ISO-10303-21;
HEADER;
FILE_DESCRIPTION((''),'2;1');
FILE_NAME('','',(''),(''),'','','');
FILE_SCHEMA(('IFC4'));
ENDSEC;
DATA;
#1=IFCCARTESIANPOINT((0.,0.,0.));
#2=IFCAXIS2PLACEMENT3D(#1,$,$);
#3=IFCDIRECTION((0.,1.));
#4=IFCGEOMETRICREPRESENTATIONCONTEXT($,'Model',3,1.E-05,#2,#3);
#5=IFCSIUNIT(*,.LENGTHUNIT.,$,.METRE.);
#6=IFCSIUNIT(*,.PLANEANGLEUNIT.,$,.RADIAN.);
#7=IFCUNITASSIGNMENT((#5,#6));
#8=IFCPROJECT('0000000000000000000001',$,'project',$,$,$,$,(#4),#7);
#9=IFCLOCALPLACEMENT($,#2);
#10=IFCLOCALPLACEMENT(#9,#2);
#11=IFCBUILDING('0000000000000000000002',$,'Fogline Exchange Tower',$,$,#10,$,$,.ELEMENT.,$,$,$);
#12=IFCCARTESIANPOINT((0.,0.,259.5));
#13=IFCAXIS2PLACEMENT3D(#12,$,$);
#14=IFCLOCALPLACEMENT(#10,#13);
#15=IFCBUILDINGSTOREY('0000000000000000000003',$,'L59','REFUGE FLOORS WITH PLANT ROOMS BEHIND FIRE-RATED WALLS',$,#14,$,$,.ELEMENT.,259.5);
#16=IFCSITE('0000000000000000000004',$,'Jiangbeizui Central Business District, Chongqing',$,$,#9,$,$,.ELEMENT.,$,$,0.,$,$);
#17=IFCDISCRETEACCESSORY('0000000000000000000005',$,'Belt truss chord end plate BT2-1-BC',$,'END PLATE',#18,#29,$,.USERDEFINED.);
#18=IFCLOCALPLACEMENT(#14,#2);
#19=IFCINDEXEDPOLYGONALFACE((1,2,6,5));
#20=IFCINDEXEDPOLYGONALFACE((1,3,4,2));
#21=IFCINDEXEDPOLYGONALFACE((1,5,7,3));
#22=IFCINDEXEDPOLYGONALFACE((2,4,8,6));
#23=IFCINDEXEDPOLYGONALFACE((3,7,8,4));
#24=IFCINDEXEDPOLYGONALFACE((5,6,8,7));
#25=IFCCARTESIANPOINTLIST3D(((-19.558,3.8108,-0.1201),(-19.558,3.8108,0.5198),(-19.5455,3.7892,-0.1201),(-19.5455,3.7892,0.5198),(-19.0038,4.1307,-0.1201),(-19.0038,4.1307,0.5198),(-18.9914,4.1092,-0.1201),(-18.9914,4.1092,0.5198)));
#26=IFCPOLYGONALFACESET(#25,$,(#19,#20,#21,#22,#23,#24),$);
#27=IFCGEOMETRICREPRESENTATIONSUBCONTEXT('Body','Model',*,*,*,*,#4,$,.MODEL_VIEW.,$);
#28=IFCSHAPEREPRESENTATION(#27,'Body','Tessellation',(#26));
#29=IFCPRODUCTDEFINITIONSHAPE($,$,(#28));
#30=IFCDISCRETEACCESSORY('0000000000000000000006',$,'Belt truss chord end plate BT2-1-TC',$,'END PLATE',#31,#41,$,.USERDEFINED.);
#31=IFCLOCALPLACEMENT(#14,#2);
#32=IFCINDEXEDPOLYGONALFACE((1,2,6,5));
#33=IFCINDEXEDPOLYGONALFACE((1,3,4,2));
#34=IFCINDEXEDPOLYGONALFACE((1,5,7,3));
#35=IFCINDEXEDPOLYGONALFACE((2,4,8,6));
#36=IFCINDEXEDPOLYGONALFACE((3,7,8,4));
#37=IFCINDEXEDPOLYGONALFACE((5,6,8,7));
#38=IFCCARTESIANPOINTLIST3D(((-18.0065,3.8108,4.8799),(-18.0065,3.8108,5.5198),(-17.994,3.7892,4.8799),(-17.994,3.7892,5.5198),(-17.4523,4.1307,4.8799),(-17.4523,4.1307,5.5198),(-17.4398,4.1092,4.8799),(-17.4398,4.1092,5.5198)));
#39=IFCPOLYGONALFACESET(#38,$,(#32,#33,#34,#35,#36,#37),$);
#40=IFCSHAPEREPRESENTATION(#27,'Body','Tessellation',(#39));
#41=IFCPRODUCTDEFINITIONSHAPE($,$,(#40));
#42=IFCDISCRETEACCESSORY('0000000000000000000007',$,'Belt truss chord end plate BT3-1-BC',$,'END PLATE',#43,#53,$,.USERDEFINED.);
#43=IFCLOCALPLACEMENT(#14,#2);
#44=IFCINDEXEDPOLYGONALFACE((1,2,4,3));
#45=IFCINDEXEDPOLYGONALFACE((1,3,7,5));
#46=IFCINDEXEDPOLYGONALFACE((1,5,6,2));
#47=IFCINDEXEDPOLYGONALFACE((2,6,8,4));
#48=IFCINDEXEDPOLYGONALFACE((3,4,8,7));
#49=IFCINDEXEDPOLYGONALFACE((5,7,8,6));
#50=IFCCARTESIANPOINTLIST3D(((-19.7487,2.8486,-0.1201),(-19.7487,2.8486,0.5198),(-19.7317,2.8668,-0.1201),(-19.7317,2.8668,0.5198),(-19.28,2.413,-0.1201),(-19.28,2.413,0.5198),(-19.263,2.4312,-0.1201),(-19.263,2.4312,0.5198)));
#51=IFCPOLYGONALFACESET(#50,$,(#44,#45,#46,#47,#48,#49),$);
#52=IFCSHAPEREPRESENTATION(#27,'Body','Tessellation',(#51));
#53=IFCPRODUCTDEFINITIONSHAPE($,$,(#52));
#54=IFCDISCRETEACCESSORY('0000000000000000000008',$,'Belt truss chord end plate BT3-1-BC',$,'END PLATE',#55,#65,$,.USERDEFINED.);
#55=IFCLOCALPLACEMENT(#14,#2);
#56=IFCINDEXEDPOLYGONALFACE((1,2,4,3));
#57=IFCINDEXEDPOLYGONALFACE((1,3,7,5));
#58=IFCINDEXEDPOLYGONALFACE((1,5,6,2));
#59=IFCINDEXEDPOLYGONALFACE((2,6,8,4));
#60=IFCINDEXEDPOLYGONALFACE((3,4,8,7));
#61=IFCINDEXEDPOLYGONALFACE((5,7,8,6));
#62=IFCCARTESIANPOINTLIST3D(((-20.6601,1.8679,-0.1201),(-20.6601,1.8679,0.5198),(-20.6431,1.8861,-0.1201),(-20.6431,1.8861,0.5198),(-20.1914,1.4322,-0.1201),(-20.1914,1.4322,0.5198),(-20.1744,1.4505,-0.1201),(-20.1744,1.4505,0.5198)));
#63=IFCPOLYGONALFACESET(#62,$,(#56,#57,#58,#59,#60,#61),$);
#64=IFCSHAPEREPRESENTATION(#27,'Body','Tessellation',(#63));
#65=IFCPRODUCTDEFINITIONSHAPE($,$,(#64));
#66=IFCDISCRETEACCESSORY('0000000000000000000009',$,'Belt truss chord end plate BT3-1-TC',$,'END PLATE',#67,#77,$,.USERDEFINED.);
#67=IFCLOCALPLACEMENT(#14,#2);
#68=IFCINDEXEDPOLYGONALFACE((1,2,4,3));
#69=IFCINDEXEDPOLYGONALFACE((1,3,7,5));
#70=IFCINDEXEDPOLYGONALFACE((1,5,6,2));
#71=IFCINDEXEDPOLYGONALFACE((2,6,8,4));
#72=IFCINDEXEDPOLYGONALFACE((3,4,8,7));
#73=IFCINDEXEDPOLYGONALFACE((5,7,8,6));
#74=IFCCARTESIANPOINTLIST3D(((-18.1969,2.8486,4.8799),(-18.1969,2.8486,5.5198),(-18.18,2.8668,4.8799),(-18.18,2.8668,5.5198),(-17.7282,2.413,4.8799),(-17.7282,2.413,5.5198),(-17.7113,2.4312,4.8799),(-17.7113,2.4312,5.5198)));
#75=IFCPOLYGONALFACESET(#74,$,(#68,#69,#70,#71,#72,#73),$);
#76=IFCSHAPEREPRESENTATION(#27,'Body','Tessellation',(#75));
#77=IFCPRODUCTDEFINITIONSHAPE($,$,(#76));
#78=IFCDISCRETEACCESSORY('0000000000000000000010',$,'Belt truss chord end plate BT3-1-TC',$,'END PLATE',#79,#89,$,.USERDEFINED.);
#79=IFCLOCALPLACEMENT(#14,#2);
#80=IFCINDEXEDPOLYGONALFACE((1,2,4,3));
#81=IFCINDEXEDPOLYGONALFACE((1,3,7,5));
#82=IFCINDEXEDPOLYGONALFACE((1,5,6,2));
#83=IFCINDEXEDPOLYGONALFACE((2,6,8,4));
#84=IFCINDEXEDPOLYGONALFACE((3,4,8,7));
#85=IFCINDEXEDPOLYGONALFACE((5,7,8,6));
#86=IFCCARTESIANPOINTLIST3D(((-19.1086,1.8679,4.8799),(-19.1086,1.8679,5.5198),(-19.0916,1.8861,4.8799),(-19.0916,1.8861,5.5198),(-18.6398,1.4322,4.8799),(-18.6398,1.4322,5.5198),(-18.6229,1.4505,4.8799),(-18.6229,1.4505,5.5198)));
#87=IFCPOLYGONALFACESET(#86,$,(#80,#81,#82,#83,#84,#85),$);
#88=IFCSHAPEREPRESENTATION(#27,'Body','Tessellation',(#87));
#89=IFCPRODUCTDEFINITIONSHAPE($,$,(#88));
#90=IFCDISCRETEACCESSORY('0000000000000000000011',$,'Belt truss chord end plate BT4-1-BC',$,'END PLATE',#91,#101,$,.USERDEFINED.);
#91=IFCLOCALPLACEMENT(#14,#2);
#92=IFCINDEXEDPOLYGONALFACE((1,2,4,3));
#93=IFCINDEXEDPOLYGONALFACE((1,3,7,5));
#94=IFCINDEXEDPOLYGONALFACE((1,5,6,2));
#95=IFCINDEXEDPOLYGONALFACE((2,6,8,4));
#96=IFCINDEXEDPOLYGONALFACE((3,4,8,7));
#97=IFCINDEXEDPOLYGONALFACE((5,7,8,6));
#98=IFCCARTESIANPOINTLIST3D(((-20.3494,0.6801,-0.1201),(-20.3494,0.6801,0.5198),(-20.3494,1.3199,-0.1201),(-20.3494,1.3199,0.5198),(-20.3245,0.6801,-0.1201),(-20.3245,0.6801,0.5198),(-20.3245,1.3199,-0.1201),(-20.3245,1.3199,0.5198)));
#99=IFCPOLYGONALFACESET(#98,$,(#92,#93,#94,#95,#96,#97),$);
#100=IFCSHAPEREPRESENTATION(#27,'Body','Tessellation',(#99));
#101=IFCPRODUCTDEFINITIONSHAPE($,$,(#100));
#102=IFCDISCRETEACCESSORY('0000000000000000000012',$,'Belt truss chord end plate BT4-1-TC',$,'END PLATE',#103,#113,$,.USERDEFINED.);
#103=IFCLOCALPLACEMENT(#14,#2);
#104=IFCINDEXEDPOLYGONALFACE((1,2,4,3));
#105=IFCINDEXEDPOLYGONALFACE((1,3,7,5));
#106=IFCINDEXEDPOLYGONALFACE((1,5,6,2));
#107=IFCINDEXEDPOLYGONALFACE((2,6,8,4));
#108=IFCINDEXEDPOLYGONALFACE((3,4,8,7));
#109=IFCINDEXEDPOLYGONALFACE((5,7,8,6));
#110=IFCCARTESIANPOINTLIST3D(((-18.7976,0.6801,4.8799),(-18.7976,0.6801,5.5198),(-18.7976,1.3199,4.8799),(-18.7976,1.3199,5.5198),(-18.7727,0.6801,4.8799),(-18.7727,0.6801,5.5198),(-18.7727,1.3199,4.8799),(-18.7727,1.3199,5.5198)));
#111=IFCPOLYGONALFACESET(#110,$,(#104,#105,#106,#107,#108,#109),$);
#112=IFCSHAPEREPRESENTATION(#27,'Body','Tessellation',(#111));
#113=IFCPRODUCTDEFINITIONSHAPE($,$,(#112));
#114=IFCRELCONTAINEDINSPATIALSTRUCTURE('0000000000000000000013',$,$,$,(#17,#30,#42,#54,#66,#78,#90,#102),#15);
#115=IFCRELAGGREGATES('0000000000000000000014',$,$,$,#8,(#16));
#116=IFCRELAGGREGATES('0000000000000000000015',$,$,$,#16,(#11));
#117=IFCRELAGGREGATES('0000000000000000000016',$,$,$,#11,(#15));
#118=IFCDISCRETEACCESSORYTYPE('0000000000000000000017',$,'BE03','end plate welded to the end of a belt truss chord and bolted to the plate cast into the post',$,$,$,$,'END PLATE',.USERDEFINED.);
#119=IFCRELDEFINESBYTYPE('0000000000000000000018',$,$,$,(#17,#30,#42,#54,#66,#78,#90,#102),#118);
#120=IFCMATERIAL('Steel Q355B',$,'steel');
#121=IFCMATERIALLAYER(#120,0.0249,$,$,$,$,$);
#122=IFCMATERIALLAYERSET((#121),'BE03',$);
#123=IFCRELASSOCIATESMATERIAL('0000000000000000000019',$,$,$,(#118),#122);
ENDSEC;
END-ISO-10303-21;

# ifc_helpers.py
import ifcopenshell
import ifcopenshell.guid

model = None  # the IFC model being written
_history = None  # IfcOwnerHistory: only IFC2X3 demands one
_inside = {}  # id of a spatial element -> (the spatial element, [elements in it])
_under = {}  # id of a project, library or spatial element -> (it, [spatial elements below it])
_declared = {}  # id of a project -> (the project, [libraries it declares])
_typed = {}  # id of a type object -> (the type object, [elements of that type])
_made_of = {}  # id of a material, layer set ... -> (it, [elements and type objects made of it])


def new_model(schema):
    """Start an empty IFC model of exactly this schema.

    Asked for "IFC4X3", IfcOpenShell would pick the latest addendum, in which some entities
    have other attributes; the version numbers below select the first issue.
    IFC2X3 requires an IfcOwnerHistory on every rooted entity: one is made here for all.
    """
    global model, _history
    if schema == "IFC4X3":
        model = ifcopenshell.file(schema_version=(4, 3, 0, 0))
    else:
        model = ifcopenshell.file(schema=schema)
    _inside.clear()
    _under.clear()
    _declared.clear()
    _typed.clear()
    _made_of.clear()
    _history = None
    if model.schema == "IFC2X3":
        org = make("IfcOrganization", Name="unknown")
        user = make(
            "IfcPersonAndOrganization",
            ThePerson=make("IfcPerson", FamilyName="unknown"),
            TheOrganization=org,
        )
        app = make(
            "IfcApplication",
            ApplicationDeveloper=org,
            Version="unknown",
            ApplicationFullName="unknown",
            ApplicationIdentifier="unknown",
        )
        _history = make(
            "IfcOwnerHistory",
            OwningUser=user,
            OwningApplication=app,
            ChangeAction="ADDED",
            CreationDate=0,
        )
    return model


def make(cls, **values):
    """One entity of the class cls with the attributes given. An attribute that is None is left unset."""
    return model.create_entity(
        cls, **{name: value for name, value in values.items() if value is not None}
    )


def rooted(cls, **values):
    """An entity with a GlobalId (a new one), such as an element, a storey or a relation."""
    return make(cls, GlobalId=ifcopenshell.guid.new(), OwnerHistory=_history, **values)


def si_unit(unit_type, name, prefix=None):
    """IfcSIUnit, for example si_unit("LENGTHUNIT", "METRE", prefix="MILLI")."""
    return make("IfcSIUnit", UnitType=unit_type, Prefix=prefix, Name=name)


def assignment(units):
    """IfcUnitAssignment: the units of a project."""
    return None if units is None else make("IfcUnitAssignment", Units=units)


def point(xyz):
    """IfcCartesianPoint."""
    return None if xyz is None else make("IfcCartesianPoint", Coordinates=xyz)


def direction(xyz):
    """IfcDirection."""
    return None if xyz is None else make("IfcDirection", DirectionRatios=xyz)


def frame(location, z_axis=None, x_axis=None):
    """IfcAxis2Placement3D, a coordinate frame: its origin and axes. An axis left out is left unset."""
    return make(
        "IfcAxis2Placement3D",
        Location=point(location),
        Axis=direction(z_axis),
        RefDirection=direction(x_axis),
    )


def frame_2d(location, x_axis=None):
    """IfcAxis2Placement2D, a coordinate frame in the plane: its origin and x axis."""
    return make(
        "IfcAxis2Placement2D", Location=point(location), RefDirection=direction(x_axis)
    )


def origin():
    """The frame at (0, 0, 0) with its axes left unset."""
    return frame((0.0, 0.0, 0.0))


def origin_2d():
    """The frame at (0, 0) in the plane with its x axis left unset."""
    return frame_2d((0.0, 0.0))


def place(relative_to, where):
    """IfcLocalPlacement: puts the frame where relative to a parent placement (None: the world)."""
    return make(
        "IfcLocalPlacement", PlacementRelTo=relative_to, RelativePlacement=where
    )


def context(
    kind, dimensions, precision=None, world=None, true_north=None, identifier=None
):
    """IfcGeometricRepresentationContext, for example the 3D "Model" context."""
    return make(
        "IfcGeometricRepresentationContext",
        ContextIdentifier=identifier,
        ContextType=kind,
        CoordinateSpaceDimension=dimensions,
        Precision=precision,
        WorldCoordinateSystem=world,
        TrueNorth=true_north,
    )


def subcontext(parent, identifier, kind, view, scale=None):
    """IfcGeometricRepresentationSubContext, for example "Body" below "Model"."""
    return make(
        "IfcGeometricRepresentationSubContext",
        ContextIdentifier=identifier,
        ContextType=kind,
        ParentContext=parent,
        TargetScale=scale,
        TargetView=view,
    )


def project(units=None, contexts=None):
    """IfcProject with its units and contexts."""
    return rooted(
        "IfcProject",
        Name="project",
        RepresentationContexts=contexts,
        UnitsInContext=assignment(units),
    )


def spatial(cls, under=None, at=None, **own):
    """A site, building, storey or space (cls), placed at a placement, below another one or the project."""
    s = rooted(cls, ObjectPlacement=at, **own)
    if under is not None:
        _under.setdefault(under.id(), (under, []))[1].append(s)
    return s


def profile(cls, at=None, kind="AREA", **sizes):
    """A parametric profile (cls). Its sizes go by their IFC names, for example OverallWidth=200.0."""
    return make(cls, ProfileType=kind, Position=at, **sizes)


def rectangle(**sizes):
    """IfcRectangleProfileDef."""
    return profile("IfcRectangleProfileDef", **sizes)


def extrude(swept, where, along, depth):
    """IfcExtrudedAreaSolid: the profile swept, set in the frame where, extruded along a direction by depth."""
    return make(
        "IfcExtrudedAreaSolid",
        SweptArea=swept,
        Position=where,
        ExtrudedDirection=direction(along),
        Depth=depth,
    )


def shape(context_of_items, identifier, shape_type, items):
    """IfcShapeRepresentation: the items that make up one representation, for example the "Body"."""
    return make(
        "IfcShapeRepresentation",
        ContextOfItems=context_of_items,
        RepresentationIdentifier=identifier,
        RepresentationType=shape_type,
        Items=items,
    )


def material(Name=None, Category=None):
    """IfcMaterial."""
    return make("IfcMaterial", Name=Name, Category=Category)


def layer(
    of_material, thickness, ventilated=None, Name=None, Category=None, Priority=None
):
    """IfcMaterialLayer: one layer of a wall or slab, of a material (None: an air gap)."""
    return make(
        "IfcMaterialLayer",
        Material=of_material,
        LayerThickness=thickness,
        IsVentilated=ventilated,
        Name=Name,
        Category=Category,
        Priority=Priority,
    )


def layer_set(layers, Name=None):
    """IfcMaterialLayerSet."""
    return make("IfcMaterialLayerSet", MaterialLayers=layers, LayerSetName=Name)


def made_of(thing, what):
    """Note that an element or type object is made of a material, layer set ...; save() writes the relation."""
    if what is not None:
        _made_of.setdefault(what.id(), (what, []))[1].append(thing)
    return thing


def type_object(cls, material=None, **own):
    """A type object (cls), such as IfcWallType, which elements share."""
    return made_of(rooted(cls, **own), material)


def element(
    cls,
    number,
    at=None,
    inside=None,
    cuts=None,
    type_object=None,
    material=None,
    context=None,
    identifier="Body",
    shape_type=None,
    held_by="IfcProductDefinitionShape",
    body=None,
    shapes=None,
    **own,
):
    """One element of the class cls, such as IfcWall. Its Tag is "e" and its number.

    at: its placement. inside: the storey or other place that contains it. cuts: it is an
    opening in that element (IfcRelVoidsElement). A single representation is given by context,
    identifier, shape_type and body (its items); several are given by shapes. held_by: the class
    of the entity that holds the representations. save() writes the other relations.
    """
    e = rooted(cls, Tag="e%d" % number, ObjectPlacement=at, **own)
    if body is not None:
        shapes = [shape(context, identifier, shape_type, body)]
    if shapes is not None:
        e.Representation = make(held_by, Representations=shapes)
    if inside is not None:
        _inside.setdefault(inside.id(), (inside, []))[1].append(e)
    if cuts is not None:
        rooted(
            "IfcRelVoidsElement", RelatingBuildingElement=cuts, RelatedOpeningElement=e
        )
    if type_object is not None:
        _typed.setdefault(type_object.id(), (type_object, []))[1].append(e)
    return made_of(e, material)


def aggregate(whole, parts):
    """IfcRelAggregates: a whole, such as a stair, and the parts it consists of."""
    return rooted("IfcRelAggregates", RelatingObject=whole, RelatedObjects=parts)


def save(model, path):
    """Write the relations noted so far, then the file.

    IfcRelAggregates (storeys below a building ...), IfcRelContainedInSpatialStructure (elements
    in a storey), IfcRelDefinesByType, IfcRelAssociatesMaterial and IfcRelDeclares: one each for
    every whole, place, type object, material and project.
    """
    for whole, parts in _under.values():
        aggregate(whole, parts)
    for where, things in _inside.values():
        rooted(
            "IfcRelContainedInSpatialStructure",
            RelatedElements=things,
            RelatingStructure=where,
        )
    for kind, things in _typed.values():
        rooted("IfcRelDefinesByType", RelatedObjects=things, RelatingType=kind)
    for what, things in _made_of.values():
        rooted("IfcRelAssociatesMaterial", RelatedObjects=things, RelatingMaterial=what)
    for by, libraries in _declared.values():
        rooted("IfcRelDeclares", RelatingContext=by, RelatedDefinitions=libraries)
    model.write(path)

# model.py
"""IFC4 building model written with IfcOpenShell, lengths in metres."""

from ifc_helpers import new_model, si_unit, direction, frame, origin, origin_2d, place, context, subcontext, project, spatial, rectangle, extrude, material, layer, layer_set, type_object, element, save


model = new_model("IFC4")

# Units and contexts
model_context = context("Model", 3, precision=1e-05, world=origin(), true_north=direction((0.0, 1.0)))
body_context = subcontext(model_context, "Body", "Model", "MODEL_VIEW")
ifc_project = project(units=[si_unit("LENGTHUNIT", "METRE"), si_unit("PLANEANGLEUNIT", "RADIAN")], contexts=[model_context])

# Site, building, storey
site_placement = place(None, origin())
site = spatial("IfcSite", under=ifc_project, at=site_placement, Name="Jiangbeizui Central Business District, Chongqing", CompositionType="ELEMENT", RefElevation=0.0)
building_placement = place(site_placement, origin())
building = spatial("IfcBuilding", under=site, at=building_placement, Name="Fogline Exchange Tower", CompositionType="ELEMENT")
storey_placement = place(building_placement, frame((0.0, 0.0, 259.5)))
storey = spatial("IfcBuildingStorey", under=building, at=storey_placement, Name="L59", Description="REFUGE FLOORS WITH PLANT ROOMS BEHIND FIRE-RATED WALLS", CompositionType="ELEMENT", Elevation=259.5)

# Shared definitions
ifc_material_1 = material(Name="Steel Q355B", Category="steel")

# Discrete accessories
ifc_layer_1 = layer(ifc_material_1, 0.0249)
ifc_layer_set_1 = layer_set([ifc_layer_1], Name="BE03")
discrete_accessory_type = type_object("IfcDiscreteAccessoryType", Name="BE03", Description="end plate welded to the end of a belt truss chord and bolted to the plate cast into the post", ElementType="END PLATE", PredefinedType="USERDEFINED", material=ifc_layer_set_1)
for number, where, z_axis, x_axis, name in (
    (1, (-19.2747, 3.96, -0.1201), (0.0, 0.0, 1.0), (0.5, -0.866025, 0.0), "Belt truss chord end plate BT2-1-BC"),
    (2, (-17.7231, 3.96, 4.8799), (0.0, 0.0, 1.0), (0.5, -0.866025, 0.0), "Belt truss chord end plate BT2-1-TC"),
    (3, (-19.5059, 2.6399, -0.1201), (0.0, 0.0, 1.0), (0.680781, 0.732487, 0.0), "Belt truss chord end plate BT3-1-BC"),
    (4, (-20.4172, 1.6592, -0.1201), (0.0, 0.0, 1.0), (-0.680781, -0.732487, 0.0), "Belt truss chord end plate BT3-1-BC"),
    (5, (-17.9541, 2.6399, 4.8799), (0.0, 0.0, 1.0), (0.680781, 0.732487, 0.0), "Belt truss chord end plate BT3-1-TC"),
    (6, (-18.8657, 1.6592, 4.8799), (0.0, 0.0, 1.0), (-0.680781, -0.732487, 0.0), "Belt truss chord end plate BT3-1-TC"),
    (7, (-20.3369, 1.0, -0.1201), (0.0, 0.0, 1.0), (-1.0, 0.0, 0.0), "Belt truss chord end plate BT4-1-BC"),
    (8, (-18.7852, 1.0, 4.8799), (0.0, 0.0, 1.0), (-1.0, 0.0, 0.0), "Belt truss chord end plate BT4-1-TC"),
):
    element("IfcDiscreteAccessory", number, at=place(storey_placement, frame(where, z_axis=z_axis, x_axis=x_axis)), inside=storey, type_object=discrete_accessory_type, Name=name, ObjectType="END PLATE", PredefinedType="USERDEFINED", context=body_context, shape_type="SweptSolid", body=[
        extrude(rectangle(XDim=0.0249, YDim=0.6399, at=origin_2d()), origin(), (0.0, 0.0, 1.0), 0.6399),
    ])

save(model, "model.ifc")
